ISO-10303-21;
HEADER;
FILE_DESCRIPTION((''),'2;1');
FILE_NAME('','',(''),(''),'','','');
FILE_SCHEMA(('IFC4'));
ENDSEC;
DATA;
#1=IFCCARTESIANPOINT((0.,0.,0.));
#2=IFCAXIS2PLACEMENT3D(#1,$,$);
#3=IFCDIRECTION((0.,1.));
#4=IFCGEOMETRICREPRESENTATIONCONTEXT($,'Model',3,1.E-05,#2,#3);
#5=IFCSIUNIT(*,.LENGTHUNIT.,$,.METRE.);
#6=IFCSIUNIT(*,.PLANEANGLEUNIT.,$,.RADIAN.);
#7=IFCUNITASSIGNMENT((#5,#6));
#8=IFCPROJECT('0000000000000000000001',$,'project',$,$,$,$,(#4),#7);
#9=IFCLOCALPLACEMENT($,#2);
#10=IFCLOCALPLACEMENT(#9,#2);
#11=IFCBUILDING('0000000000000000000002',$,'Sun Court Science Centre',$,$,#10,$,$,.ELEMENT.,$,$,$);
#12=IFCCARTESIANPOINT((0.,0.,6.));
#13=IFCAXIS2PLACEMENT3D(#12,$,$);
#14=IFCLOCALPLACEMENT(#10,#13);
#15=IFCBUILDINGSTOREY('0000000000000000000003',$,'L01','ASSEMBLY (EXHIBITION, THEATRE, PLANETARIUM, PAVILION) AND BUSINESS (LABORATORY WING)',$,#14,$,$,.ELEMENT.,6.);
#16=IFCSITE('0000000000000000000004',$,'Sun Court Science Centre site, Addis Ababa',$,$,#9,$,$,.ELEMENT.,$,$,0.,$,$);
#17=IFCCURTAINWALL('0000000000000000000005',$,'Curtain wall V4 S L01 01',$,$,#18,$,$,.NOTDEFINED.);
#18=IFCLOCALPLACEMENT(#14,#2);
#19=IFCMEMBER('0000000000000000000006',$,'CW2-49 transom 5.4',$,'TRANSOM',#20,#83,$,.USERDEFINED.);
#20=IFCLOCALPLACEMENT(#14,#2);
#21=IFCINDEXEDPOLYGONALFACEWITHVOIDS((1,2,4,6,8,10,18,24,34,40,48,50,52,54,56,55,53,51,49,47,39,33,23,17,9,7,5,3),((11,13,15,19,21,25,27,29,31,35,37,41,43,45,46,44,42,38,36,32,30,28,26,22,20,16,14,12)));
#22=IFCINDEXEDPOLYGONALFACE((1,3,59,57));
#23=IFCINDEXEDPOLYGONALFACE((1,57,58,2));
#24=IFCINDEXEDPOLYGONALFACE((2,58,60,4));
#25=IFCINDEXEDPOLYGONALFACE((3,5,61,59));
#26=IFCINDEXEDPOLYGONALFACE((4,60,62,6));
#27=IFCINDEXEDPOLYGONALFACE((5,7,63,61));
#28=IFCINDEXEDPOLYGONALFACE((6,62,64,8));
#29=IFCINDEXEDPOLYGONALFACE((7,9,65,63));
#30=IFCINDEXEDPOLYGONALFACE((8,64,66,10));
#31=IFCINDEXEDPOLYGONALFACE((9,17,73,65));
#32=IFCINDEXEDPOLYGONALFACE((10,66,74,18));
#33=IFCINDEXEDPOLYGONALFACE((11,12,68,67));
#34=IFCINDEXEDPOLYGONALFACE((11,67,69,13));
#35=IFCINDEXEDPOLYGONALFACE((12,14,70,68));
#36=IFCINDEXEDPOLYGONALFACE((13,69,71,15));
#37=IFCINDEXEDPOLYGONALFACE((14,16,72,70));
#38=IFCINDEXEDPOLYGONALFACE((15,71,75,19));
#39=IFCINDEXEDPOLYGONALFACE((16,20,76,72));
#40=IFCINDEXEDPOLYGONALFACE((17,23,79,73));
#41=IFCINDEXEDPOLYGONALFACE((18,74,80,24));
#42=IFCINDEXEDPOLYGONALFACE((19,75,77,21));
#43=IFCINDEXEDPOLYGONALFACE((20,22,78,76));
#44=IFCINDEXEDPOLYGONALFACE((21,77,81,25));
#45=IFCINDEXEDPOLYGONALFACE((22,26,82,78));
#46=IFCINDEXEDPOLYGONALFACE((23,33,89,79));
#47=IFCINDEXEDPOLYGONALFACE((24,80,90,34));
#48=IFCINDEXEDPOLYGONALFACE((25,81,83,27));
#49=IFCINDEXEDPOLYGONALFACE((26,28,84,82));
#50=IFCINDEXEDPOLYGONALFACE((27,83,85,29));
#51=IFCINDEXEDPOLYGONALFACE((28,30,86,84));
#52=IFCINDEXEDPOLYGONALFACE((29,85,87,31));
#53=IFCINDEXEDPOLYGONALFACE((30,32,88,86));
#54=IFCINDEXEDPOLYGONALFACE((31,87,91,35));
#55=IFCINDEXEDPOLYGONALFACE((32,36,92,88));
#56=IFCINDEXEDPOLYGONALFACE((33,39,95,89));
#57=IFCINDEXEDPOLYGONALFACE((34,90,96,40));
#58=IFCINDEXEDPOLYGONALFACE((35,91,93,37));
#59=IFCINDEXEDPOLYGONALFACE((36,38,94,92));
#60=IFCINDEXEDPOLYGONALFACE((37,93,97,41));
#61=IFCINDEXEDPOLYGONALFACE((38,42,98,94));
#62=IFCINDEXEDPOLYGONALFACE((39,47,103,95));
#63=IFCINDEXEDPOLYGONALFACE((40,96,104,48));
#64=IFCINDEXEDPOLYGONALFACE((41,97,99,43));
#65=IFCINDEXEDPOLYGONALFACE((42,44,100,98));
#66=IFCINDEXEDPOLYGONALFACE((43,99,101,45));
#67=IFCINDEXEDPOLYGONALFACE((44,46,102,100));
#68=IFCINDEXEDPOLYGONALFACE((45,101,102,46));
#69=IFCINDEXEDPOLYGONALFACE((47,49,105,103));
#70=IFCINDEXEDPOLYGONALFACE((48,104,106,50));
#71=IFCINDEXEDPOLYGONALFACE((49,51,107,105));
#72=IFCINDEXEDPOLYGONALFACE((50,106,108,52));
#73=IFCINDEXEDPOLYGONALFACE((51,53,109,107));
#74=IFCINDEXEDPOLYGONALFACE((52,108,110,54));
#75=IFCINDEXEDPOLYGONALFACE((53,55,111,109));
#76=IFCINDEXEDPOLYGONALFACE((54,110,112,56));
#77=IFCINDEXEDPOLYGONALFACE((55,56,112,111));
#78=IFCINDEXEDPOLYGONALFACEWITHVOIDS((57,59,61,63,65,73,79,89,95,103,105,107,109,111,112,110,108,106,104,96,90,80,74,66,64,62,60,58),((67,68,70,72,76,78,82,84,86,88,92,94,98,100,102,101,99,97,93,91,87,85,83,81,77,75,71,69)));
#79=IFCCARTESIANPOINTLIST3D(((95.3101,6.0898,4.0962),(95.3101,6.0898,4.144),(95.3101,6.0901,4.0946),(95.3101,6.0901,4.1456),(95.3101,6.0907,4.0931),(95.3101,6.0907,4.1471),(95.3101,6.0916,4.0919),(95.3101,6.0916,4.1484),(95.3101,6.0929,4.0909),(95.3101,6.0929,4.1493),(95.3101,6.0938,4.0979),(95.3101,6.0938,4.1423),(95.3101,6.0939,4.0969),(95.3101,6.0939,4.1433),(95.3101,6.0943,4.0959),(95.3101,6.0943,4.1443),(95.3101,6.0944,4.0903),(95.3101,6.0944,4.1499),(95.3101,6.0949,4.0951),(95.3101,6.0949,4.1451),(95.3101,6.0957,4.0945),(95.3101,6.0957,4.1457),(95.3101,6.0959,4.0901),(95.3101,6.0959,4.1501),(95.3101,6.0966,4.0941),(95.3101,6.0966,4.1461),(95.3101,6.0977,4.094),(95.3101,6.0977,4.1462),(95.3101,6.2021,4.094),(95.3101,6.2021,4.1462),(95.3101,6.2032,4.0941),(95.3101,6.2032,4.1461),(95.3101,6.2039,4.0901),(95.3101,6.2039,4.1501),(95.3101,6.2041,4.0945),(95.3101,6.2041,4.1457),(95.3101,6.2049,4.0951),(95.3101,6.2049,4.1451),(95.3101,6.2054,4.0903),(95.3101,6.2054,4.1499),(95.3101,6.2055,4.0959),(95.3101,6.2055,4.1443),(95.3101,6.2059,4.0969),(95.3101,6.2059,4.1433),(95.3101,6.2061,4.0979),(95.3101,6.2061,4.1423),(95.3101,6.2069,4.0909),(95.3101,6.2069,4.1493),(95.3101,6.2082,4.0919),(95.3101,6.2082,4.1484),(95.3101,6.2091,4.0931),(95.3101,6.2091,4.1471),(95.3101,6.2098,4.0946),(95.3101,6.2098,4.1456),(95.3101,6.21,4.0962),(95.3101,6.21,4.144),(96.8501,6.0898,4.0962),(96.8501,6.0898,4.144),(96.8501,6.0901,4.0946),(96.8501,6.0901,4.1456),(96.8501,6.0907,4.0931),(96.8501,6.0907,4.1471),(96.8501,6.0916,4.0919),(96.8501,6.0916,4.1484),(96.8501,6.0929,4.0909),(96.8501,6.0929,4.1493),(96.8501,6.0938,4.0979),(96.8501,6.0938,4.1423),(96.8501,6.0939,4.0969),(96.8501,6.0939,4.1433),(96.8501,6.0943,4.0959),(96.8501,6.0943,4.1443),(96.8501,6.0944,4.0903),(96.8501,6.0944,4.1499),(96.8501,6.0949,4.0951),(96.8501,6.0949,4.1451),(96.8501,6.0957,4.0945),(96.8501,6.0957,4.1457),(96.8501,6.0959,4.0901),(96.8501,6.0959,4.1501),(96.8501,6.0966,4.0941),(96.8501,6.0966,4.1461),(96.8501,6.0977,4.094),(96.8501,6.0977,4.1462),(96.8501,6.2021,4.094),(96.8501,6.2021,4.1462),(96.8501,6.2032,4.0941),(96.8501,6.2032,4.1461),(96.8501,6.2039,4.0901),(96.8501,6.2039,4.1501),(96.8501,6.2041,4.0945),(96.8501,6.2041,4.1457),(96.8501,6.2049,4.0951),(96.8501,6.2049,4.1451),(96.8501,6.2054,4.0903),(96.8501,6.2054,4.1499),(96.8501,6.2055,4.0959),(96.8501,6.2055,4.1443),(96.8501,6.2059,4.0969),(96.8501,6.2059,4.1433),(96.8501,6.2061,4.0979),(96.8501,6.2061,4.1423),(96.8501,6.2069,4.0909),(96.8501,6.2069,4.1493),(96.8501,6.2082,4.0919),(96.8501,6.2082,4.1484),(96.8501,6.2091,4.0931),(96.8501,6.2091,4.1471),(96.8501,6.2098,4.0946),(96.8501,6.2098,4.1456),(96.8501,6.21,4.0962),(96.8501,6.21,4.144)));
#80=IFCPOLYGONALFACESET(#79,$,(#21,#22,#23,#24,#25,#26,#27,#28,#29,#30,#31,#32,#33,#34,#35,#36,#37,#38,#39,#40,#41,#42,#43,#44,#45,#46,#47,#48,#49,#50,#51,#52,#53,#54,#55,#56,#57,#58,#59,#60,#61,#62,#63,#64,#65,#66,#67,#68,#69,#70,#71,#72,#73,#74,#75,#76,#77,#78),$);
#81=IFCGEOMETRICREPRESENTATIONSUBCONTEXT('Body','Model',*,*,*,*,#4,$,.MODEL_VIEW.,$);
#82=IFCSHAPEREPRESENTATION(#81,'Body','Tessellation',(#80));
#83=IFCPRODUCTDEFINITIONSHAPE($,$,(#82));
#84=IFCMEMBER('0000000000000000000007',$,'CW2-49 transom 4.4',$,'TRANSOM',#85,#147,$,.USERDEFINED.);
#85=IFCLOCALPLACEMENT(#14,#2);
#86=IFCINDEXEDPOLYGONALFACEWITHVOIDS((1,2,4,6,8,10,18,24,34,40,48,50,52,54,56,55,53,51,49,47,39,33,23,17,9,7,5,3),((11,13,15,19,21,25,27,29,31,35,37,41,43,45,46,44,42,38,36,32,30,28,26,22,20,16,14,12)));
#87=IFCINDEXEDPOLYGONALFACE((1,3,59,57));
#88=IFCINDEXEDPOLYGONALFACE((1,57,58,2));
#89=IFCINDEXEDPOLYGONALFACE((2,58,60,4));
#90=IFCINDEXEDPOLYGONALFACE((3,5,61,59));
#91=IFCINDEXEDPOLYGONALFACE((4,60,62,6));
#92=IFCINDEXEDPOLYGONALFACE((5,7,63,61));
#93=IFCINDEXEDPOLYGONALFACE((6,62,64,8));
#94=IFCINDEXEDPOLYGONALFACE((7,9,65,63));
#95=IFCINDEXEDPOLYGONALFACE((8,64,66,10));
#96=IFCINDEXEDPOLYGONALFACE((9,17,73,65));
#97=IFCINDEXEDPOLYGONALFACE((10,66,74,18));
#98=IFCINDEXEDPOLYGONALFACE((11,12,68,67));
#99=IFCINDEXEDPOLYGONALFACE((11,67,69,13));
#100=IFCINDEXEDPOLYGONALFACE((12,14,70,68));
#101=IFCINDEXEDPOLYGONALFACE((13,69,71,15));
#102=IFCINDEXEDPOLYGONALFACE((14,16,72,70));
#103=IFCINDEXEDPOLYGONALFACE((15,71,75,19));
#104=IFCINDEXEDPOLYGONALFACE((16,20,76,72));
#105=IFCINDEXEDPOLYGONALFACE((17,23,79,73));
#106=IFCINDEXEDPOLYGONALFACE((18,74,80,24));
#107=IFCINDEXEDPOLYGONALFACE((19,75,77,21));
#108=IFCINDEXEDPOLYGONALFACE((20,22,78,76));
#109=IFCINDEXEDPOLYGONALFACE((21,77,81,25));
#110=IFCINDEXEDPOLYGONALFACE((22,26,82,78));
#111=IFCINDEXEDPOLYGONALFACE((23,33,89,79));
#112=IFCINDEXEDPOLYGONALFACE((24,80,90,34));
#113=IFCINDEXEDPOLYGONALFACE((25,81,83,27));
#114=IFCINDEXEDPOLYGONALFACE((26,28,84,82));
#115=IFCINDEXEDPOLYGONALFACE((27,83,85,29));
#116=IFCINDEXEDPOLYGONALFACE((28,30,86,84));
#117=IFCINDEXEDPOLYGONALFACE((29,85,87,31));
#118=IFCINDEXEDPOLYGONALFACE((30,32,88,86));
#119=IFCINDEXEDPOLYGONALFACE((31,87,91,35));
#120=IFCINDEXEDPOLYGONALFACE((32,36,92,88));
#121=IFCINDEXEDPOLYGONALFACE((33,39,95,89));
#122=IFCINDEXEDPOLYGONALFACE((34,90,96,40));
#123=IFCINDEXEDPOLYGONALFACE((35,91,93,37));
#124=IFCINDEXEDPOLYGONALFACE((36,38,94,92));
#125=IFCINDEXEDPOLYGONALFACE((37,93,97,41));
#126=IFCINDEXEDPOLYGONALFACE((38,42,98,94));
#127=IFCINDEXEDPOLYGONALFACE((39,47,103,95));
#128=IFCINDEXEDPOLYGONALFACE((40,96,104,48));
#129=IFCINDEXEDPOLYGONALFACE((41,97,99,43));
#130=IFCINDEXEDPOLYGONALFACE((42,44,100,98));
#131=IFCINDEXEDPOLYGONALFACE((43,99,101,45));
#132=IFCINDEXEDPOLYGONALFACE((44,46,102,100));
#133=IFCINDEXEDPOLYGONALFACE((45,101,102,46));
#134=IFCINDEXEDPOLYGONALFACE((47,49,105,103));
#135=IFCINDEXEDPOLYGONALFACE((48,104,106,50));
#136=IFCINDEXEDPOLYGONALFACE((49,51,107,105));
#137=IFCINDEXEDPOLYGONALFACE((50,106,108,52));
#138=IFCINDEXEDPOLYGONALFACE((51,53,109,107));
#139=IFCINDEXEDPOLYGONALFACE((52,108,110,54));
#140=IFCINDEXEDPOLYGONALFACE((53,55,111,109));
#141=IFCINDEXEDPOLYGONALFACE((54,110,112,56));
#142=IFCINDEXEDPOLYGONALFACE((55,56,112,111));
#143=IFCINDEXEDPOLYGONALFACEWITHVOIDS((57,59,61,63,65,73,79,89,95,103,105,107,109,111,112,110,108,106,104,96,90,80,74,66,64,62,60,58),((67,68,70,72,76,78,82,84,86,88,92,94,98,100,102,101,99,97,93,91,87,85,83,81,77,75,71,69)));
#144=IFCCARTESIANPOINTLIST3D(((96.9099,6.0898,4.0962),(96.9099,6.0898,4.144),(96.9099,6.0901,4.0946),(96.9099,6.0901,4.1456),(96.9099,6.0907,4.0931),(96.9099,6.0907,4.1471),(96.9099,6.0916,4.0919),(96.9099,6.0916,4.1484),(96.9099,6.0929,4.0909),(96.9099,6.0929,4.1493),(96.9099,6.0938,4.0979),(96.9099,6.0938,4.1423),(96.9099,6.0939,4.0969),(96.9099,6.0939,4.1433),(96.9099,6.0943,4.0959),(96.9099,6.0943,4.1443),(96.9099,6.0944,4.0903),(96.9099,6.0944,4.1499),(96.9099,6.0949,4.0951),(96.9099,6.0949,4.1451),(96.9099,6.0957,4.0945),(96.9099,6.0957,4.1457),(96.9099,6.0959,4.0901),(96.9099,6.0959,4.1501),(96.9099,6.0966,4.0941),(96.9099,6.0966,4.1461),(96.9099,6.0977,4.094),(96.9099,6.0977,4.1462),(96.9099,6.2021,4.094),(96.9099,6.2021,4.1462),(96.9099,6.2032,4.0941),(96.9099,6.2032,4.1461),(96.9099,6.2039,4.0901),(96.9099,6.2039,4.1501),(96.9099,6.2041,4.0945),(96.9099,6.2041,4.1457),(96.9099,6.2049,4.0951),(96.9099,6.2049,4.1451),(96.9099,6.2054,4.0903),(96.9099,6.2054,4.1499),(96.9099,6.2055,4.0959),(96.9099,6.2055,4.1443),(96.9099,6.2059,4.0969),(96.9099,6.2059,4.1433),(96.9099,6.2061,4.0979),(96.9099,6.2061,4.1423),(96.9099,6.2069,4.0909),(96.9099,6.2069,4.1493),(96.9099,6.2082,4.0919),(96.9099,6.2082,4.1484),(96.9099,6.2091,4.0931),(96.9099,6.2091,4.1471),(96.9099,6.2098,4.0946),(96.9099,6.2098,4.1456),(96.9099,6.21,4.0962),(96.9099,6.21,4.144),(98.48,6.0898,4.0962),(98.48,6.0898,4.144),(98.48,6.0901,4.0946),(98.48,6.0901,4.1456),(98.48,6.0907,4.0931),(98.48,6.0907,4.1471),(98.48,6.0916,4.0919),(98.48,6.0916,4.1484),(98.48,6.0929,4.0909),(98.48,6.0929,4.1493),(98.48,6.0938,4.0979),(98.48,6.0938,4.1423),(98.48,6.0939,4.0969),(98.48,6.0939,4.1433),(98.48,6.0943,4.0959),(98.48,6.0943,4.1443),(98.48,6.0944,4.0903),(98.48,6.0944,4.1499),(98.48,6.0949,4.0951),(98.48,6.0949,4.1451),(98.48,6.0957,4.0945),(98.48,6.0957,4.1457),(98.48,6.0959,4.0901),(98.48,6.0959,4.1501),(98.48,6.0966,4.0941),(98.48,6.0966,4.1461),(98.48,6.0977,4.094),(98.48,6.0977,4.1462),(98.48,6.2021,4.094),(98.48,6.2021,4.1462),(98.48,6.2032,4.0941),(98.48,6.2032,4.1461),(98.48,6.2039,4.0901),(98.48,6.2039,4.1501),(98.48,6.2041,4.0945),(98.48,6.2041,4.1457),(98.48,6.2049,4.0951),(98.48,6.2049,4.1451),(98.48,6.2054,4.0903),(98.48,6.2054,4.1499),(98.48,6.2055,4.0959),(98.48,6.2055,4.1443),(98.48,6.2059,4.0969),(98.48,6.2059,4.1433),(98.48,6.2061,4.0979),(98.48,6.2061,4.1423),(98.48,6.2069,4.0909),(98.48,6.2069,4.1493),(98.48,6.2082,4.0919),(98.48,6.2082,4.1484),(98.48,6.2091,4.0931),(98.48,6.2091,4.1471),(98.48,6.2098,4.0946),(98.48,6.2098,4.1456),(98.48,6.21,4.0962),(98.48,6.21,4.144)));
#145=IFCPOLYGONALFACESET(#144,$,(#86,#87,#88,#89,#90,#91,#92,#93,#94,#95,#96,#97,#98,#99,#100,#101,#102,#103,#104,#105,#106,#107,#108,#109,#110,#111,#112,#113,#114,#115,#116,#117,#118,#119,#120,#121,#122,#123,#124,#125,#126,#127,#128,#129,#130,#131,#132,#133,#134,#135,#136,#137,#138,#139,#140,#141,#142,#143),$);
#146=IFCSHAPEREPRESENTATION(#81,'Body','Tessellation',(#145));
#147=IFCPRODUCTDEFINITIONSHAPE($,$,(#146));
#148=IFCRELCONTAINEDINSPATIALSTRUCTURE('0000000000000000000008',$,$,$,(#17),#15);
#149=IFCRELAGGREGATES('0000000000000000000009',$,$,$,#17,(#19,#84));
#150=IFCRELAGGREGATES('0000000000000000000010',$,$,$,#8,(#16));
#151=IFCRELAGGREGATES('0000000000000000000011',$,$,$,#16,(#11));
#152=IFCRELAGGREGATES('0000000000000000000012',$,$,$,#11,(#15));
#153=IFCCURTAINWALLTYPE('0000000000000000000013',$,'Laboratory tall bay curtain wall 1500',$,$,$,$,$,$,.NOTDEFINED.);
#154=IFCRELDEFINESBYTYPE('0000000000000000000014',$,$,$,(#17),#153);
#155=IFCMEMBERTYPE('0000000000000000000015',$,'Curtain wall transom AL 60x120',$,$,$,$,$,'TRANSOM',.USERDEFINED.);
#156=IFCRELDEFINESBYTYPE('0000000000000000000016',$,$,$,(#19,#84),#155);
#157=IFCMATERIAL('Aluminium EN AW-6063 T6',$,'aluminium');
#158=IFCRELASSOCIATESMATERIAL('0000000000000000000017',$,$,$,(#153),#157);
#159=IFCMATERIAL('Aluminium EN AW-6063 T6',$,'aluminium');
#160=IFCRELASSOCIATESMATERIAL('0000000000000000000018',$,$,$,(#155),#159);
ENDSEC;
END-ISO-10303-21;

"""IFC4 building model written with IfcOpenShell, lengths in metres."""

from ifc_helpers import new_model, si_unit, direction, frame, origin, origin_2d, place, context, subcontext, project, spatial, hollow_rectangle, extrude, material, material_profile, profile_set, type_object, element, aggregate, save


model = new_model("IFC4")

# Units and contexts
model_context = context("Model", 3, precision=1e-05, world=origin(), true_north=direction((0.0, 1.0)))
body_context = subcontext(model_context, "Body", "Model", "MODEL_VIEW")
ifc_project = project(units=[si_unit("LENGTHUNIT", "METRE"), si_unit("PLANEANGLEUNIT", "RADIAN")], contexts=[model_context])

# Site, building, storey
site_placement = place(None, origin())
site = spatial("IfcSite", under=ifc_project, at=site_placement, Name="Sun Court Science Centre site, Addis Ababa", CompositionType="ELEMENT", RefElevation=0.0)
building_placement = place(site_placement, origin())
building = spatial("IfcBuilding", under=site, at=building_placement, Name="Sun Court Science Centre", CompositionType="ELEMENT")
storey_placement = place(building_placement, frame((0.0, 0.0, 6.0)))
storey = spatial("IfcBuildingStorey", under=building, at=storey_placement, Name="L01", Description="ASSEMBLY (EXHIBITION, THEATRE, PLANETARIUM, PAVILION) AND BUSINESS (LABORATORY WING)", CompositionType="ELEMENT", Elevation=6.0)

# Curtain wall
ifc_material_1 = material(Name="Aluminium EN AW-6063 T6", Category="aluminium")
curtain_wall_type = type_object("IfcCurtainWallType", Name="Laboratory tall bay curtain wall 1500", PredefinedType="NOTDEFINED", material=ifc_material_1)
curtain_wall_1_placement = place(storey_placement, origin())
curtain_wall_1 = element("IfcCurtainWall", 1, at=curtain_wall_1_placement, inside=storey, type_object=curtain_wall_type, Name="Curtain wall V4 S L01 01", PredefinedType="NOTDEFINED")

# Members
ifc_material_2 = material(Name="Aluminium EN AW-6063 T6", Category="aluminium")
ifc_material_profile_1 = material_profile(ifc_material_2, hollow_rectangle(XDim=0.0601, YDim=0.1201, WallThickness=0.0039, InnerFilletRadius=0.0039, OuterFilletRadius=0.0061, at=origin_2d()), Name="AL 60x120x4")
ifc_profile_set_1 = profile_set([ifc_material_profile_1], Name="Aluminium EN AW-6063 T6")
member_type_1 = type_object("IfcMemberType", Name="Curtain wall transom AL 60x120", ElementType="TRANSOM", PredefinedType="USERDEFINED", material=ifc_profile_set_1)
member_1_placement = place(storey_placement, frame((96.8501, 6.1499, 4.1201), z_axis=(-1.0, 0.0, 0.0), x_axis=(0.0, 0.0, 1.0)))
member_1 = element("IfcMember", 2, at=member_1_placement, type_object=member_type_1, Name="CW2-49 transom 5.4", ObjectType="TRANSOM", PredefinedType="USERDEFINED", context=body_context, shape_type="SweptSolid", body=[
    extrude(hollow_rectangle(XDim=0.0601, YDim=0.1201, WallThickness=0.0039, InnerFilletRadius=0.0039, OuterFilletRadius=0.0061, at=origin_2d()), origin(), (0.0, 0.0, 1.0), 1.54),
])
member_2_placement = place(storey_placement, frame((98.48, 6.1499, 4.1201), z_axis=(-1.0, 0.0, 0.0), x_axis=(0.0, 0.0, 1.0)))
member_2 = element("IfcMember", 3, at=member_2_placement, type_object=member_type_1, Name="CW2-49 transom 4.4", ObjectType="TRANSOM", PredefinedType="USERDEFINED", context=body_context, shape_type="SweptSolid", body=[
    extrude(hollow_rectangle(XDim=0.0601, YDim=0.1201, WallThickness=0.0039, InnerFilletRadius=0.0039, OuterFilletRadius=0.0061, at=origin_2d()), origin(), (0.0, 0.0, 1.0), 1.5701),
])

aggregate(curtain_wall_1, [member_1, member_2])

save(model, "model.ifc")
